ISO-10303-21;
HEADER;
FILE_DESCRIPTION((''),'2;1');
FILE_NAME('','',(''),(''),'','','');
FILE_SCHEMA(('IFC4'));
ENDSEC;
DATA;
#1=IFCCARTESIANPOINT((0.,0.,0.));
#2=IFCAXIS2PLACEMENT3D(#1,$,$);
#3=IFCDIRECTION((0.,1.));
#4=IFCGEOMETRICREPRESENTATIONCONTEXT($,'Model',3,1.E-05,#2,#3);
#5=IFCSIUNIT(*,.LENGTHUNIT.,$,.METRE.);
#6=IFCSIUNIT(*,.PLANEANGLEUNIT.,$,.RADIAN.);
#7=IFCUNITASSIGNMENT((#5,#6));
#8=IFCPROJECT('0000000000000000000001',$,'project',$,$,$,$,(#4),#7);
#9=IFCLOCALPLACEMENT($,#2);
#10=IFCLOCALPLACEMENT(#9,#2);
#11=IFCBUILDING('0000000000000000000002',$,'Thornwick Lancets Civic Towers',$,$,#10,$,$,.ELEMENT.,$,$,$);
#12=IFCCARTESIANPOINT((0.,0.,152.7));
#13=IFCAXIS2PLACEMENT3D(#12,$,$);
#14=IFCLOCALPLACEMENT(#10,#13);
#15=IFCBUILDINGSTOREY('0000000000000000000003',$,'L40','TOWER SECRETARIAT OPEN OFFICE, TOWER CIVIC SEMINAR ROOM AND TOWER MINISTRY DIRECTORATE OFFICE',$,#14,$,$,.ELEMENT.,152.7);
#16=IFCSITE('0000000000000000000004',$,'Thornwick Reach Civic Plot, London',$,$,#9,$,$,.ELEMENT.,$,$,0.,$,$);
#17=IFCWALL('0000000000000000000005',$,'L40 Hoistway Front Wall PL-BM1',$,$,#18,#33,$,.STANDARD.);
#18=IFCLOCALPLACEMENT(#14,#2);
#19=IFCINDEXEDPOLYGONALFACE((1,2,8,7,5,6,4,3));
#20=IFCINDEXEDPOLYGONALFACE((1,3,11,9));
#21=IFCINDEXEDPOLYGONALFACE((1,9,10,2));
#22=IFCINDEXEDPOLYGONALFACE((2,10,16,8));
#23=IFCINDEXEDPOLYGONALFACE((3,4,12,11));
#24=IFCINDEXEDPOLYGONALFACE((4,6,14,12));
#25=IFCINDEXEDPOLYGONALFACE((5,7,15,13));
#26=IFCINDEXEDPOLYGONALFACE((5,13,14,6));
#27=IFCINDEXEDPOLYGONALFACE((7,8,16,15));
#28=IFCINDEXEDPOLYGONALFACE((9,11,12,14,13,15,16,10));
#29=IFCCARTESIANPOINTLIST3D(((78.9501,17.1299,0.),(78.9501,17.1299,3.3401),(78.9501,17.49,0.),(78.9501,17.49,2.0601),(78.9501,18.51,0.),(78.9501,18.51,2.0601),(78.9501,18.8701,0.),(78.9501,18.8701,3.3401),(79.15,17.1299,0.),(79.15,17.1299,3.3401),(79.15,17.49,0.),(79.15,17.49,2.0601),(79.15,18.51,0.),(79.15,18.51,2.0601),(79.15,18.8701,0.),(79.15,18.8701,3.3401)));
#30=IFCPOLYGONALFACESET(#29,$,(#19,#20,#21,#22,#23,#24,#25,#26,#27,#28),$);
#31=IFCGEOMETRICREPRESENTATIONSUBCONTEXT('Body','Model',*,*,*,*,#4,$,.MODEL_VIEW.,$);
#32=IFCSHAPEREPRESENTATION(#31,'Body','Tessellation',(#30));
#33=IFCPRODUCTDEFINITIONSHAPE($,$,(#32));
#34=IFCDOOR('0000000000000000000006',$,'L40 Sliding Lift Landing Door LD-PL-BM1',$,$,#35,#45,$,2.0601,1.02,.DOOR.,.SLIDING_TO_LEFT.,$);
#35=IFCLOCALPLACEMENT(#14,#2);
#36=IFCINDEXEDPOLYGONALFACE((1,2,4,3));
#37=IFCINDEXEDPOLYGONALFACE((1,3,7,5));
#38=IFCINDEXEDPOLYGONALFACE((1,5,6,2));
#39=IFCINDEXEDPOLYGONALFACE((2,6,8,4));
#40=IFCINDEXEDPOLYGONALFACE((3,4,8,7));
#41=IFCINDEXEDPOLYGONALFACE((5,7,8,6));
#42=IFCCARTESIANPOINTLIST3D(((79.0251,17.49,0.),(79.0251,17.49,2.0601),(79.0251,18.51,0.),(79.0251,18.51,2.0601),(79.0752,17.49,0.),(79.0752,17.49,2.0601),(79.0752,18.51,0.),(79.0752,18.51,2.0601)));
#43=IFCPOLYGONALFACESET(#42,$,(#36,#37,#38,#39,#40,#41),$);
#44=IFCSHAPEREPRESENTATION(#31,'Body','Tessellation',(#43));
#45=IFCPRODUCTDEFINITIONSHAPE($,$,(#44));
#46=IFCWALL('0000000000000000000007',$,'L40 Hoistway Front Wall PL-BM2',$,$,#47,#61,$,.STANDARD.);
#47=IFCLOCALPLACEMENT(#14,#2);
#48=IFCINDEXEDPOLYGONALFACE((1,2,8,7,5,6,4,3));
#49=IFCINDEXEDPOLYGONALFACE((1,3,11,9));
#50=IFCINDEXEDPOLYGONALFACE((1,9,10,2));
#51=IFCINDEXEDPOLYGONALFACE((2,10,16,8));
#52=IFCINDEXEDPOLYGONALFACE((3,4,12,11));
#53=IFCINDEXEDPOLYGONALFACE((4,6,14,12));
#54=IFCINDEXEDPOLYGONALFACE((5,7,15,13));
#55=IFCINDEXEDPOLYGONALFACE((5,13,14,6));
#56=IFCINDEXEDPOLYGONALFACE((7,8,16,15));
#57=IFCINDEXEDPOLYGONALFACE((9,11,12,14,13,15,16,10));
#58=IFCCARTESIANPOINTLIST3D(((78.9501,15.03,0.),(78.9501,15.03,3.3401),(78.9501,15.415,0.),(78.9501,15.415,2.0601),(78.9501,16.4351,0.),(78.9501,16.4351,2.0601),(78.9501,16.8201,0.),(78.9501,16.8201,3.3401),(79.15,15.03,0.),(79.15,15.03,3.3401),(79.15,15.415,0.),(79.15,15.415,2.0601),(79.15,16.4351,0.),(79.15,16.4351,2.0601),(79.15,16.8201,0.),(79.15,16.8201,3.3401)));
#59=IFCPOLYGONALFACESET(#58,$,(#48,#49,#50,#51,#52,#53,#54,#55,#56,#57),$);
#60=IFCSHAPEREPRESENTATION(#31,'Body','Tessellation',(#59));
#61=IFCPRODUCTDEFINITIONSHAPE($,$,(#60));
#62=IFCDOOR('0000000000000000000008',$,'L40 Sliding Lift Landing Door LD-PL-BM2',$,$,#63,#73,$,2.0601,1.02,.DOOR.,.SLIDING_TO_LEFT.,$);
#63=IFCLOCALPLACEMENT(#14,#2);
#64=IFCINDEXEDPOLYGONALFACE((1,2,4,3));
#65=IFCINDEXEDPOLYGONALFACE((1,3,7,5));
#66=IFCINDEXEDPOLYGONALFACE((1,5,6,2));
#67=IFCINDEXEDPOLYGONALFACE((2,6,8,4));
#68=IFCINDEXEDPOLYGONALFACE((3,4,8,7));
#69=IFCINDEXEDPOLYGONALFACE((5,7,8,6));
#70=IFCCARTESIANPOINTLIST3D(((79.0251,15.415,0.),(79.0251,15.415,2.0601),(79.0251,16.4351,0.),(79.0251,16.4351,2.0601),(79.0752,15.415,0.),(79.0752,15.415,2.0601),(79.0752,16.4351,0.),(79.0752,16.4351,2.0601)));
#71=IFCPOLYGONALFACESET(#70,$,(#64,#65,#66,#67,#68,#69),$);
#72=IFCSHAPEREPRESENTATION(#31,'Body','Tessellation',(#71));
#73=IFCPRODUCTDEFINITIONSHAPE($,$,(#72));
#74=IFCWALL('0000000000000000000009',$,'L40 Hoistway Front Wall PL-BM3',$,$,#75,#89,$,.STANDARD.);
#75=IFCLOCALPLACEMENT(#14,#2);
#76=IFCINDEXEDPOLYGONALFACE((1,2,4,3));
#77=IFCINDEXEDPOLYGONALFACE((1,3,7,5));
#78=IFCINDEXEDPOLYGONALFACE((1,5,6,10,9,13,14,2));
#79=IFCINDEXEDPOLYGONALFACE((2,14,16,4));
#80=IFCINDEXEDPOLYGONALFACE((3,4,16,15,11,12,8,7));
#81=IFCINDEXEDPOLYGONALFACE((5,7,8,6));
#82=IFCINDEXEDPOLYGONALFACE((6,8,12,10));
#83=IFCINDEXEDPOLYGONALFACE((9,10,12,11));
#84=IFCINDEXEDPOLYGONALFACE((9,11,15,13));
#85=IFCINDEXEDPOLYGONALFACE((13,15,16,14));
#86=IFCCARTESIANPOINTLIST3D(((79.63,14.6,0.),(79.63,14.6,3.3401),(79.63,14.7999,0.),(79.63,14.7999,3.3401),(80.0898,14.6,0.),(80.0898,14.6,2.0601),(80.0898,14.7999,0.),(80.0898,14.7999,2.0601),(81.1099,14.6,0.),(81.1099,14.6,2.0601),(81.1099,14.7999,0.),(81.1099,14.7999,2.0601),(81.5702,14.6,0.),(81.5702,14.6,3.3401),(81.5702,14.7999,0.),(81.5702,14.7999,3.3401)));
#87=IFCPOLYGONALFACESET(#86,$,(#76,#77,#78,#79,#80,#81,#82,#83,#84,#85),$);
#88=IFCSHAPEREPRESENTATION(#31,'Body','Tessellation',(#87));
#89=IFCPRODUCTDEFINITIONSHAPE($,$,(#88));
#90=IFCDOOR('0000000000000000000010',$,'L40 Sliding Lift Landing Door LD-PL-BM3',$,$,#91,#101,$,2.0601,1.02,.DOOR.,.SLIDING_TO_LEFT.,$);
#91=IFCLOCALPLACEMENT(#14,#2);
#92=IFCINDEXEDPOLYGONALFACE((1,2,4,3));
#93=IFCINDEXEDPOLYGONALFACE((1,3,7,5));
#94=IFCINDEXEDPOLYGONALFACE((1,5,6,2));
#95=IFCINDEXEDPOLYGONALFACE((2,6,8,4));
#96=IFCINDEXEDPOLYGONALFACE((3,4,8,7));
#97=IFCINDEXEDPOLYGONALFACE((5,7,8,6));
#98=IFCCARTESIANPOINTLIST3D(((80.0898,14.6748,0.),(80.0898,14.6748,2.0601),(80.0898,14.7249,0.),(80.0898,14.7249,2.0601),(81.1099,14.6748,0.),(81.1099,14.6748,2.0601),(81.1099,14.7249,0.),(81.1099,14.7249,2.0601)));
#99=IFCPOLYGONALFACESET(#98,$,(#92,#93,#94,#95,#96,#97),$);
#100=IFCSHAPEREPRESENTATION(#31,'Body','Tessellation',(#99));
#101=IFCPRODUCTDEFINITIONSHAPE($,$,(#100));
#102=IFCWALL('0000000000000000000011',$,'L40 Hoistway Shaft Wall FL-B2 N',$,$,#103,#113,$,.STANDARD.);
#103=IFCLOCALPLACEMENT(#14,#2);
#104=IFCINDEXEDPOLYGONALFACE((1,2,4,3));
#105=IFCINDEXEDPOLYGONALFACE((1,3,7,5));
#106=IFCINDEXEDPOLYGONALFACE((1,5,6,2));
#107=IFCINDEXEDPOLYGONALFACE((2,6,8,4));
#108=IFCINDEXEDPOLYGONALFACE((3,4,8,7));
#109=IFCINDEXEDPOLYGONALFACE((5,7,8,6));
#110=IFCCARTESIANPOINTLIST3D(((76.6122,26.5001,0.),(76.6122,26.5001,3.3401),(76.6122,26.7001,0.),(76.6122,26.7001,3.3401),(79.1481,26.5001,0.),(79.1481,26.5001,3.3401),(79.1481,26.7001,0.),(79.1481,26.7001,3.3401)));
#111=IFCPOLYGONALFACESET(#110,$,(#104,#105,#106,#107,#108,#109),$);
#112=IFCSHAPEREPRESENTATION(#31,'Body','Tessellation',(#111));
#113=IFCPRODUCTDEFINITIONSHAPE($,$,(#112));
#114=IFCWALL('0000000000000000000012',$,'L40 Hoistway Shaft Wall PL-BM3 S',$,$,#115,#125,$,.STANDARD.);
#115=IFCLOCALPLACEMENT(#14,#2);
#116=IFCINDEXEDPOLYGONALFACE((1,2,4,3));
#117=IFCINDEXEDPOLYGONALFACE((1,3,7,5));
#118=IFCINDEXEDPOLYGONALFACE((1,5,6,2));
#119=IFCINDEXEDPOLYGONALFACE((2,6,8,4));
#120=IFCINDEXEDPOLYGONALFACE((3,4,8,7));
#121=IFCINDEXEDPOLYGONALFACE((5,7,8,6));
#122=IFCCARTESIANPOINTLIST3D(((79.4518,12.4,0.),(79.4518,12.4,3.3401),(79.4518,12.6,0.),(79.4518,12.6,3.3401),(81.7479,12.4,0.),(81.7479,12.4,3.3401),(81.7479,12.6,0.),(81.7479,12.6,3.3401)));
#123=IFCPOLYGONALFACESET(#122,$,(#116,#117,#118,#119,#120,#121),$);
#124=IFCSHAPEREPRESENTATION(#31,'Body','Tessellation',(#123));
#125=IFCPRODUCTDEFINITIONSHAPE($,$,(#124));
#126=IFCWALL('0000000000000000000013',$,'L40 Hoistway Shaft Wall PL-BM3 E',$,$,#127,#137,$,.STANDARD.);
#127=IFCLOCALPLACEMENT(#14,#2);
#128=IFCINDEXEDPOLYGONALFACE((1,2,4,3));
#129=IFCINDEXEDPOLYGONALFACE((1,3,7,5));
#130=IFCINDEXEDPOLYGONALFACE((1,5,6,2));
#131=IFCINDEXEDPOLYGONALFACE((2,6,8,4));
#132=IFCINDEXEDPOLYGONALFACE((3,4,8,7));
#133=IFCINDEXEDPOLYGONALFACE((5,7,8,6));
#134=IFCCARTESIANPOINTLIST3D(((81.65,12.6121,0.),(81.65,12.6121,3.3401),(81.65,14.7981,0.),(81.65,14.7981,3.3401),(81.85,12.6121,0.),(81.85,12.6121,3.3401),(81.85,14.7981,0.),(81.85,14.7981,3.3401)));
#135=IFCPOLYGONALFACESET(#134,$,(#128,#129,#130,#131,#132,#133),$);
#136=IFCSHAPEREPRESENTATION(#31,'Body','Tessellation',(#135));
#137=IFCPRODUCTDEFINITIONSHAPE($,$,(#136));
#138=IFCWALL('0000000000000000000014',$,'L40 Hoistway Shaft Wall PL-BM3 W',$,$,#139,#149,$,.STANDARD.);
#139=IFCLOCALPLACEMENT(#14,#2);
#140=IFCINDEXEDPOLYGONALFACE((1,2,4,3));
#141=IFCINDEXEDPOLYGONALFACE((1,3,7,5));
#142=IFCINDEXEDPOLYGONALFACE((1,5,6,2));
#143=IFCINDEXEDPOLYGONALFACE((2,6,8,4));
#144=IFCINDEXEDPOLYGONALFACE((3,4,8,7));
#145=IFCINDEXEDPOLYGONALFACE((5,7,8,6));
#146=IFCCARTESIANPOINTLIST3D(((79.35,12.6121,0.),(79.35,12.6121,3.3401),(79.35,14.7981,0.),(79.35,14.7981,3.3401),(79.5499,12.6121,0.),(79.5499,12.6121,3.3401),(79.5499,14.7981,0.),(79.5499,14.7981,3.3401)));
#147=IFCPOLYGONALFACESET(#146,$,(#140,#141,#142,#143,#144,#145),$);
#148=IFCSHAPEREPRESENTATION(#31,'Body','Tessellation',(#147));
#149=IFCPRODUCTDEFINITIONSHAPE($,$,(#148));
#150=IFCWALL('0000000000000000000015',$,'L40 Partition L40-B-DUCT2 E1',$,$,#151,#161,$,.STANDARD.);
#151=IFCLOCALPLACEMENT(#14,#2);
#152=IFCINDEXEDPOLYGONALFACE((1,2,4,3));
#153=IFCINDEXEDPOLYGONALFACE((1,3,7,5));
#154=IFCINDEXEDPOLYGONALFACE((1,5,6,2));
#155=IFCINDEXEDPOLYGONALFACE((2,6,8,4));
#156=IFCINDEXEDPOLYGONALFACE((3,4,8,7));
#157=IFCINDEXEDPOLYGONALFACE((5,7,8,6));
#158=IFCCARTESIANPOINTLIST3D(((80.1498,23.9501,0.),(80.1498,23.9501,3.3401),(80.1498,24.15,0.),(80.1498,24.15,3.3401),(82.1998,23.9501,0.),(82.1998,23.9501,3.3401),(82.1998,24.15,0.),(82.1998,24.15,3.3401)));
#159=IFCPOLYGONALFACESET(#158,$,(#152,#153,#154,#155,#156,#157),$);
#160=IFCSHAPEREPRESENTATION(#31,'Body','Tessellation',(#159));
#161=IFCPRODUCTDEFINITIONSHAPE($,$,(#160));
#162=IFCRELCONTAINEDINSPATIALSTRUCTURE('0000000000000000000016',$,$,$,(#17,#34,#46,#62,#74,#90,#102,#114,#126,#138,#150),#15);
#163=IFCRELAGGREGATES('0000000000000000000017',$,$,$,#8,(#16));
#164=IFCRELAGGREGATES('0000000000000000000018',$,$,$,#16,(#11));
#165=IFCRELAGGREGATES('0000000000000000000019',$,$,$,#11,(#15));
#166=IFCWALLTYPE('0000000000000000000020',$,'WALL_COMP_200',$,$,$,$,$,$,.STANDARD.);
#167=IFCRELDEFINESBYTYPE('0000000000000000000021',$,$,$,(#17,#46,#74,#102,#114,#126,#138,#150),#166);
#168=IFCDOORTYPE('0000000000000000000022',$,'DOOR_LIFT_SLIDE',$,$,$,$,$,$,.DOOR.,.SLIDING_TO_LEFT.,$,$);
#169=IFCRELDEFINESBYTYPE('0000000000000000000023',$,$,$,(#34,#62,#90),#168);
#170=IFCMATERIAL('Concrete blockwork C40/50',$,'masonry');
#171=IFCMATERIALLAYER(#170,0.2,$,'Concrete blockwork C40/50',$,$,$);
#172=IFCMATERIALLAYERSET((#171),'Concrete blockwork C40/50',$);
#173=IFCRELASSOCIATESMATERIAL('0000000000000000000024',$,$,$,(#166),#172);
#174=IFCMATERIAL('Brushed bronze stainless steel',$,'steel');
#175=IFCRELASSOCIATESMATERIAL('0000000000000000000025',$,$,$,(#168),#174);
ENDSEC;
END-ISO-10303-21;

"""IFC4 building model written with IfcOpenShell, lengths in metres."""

from ifc_helpers import new_model, si_unit, direction, frame, frame_2d, origin, place, context, subcontext, project, spatial, rectangle, extrude, material, layer, layer_set, type_object, element, fill, save


model = new_model("IFC4")

# Units and contexts
model_context = context("Model", 3, precision=1e-05, world=origin(), true_north=direction((0.0, 1.0)))
body_context = subcontext(model_context, "Body", "Model", "MODEL_VIEW")
ifc_project = project(units=[si_unit("LENGTHUNIT", "METRE"), si_unit("PLANEANGLEUNIT", "RADIAN")], contexts=[model_context])

# Site, building, storey
site_placement = place(None, origin())
site = spatial("IfcSite", under=ifc_project, at=site_placement, Name="Thornwick Reach Civic Plot, London", CompositionType="ELEMENT", RefElevation=0.0)
building_placement = place(site_placement, origin())
building = spatial("IfcBuilding", under=site, at=building_placement, Name="Thornwick Lancets Civic Towers", CompositionType="ELEMENT")
storey_placement = place(building_placement, frame((0.0, 0.0, 152.7)))
storey = spatial("IfcBuildingStorey", under=building, at=storey_placement, Name="L40", Description="TOWER SECRETARIAT OPEN OFFICE, TOWER CIVIC SEMINAR ROOM AND TOWER MINISTRY DIRECTORATE OFFICE", CompositionType="ELEMENT", Elevation=152.7)

# Shared definitions
ifc_material_1 = material(Name="Concrete blockwork C40/50", Category="masonry")
ifc_layer_1 = layer(ifc_material_1, 0.2, Name="Concrete blockwork C40/50")
ifc_layer_set_1 = layer_set([ifc_layer_1], Name="Concrete blockwork C40/50")
wall_type_1 = type_object("IfcWallType", Name="WALL_COMP_200", PredefinedType="STANDARD", material=ifc_layer_set_1)
ifc_material_2 = material(Name="Brushed bronze stainless steel", Category="steel")
door_type_1 = type_object("IfcDoorType", Name="DOOR_LIFT_SLIDE", OperationType="SLIDING_TO_LEFT", PredefinedType="DOOR", material=ifc_material_2)

# Walls, openings, doors
wall_1_placement = place(storey_placement, frame((79.05, 17.1299, 0.0), z_axis=(0.0, 0.0, 1.0), x_axis=(0.0, 1.0, 0.0)))
wall_1 = element("IfcWall", 1, at=wall_1_placement, inside=storey, type_object=wall_type_1, Name="L40 Hoistway Front Wall PL-BM1", PredefinedType="STANDARD", context=body_context, shape_type="SweptSolid", body=[
    extrude(rectangle(XDim=1.7402, YDim=0.2, at=frame_2d((0.8701, 0.0))), origin(), (0.0, 0.0, 1.0), 3.3401),
])
opening_1_placement = place(wall_1_placement, frame((0.3601, 0.0, 0.0)))
opening_1 = element("IfcOpeningElement", 2, at=opening_1_placement, cuts=wall_1, PredefinedType="OPENING", context=body_context, shape_type="SweptSolid", body=[
    extrude(rectangle(XDim=1.02, YDim=2.0601, at=frame_2d((0.51, 1.03))), frame((0.0, 0.1099, 0.0), z_axis=(0.0, -1.0, 0.0), x_axis=(1.0, 0.0, 0.0)), (0.0, 0.0, 1.0), 0.22),
])
door_1_placement = place(opening_1_placement, origin())
door_1 = element("IfcDoor", 3, at=door_1_placement, inside=storey, type_object=door_type_1, Name="L40 Sliding Lift Landing Door LD-PL-BM1", OperationType="SLIDING_TO_LEFT", OverallHeight=2.0601, OverallWidth=1.02, PredefinedType="DOOR", context=body_context, shape_type="SweptSolid", body=[
    extrude(rectangle(XDim=1.02, YDim=2.0601, at=frame_2d((0.51, 1.03))), frame((0.0, 0.0249, 0.0), z_axis=(0.0, -1.0, 0.0), x_axis=(1.0, 0.0, 0.0)), (0.0, 0.0, 1.0), 0.05),
])
fill(opening_1, door_1)
wall_2_placement = place(storey_placement, frame((79.05, 15.03, 0.0), z_axis=(0.0, 0.0, 1.0), x_axis=(0.0, 1.0, 0.0)))
wall_2 = element("IfcWall", 4, at=wall_2_placement, inside=storey, type_object=wall_type_1, Name="L40 Hoistway Front Wall PL-BM2", PredefinedType="STANDARD", context=body_context, shape_type="SweptSolid", body=[
    extrude(rectangle(XDim=1.79, YDim=0.2, at=frame_2d((0.895, 0.0))), origin(), (0.0, 0.0, 1.0), 3.3401),
])
opening_2_placement = place(wall_2_placement, frame((0.385, 0.0, 0.0)))
opening_2 = element("IfcOpeningElement", 5, at=opening_2_placement, cuts=wall_2, PredefinedType="OPENING", context=body_context, shape_type="SweptSolid", body=[
    extrude(rectangle(XDim=1.02, YDim=2.0601, at=frame_2d((0.51, 1.03))), frame((0.0, 0.1099, 0.0), z_axis=(0.0, -1.0, 0.0), x_axis=(1.0, 0.0, 0.0)), (0.0, 0.0, 1.0), 0.22),
])
door_2_placement = place(opening_2_placement, origin())
door_2 = element("IfcDoor", 6, at=door_2_placement, inside=storey, type_object=door_type_1, Name="L40 Sliding Lift Landing Door LD-PL-BM2", OperationType="SLIDING_TO_LEFT", OverallHeight=2.0601, OverallWidth=1.02, PredefinedType="DOOR", context=body_context, shape_type="SweptSolid", body=[
    extrude(rectangle(XDim=1.02, YDim=2.0601, at=frame_2d((0.51, 1.03))), frame((0.0, 0.0249, 0.0), z_axis=(0.0, -1.0, 0.0), x_axis=(1.0, 0.0, 0.0)), (0.0, 0.0, 1.0), 0.05),
])
fill(opening_2, door_2)
wall_3_placement = place(storey_placement, frame((79.6299, 14.7, 0.0), z_axis=(0.0, 0.0, 1.0), x_axis=(1.0, 0.0, 0.0)))
wall_3 = element("IfcWall", 7, at=wall_3_placement, inside=storey, type_object=wall_type_1, Name="L40 Hoistway Front Wall PL-BM3", PredefinedType="STANDARD", context=body_context, shape_type="SweptSolid", body=[
    extrude(rectangle(XDim=1.9402, YDim=0.2, at=frame_2d((0.9702, 0.0))), origin(), (0.0, 0.0, 1.0), 3.3401),
])
opening_3_placement = place(wall_3_placement, frame((0.46, 0.0, 0.0)))
opening_3 = element("IfcOpeningElement", 8, at=opening_3_placement, cuts=wall_3, PredefinedType="OPENING", context=body_context, shape_type="SweptSolid", body=[
    extrude(rectangle(XDim=1.02, YDim=2.0601, at=frame_2d((0.51, 1.03))), frame((0.0, 0.1099, 0.0), z_axis=(0.0, -1.0, 0.0), x_axis=(1.0, 0.0, 0.0)), (0.0, 0.0, 1.0), 0.22),
])
door_3_placement = place(opening_3_placement, origin())
door_3 = element("IfcDoor", 9, at=door_3_placement, inside=storey, type_object=door_type_1, Name="L40 Sliding Lift Landing Door LD-PL-BM3", OperationType="SLIDING_TO_LEFT", OverallHeight=2.0601, OverallWidth=1.02, PredefinedType="DOOR", context=body_context, shape_type="SweptSolid", body=[
    extrude(rectangle(XDim=1.02, YDim=2.0601, at=frame_2d((0.51, 1.03))), frame((0.0, 0.0249, 0.0), z_axis=(0.0, -1.0, 0.0), x_axis=(1.0, 0.0, 0.0)), (0.0, 0.0, 1.0), 0.05),
])
fill(opening_3, door_3)

# Walls
wall_4_placement = place(storey_placement, frame((76.6121, 26.6001, 0.0), z_axis=(0.0, 0.0, 1.0), x_axis=(1.0, 0.0, 0.0)))
element("IfcWall", 10, at=wall_4_placement, inside=storey, type_object=wall_type_1, Name="L40 Hoistway Shaft Wall FL-B2 N", PredefinedType="STANDARD", context=body_context, shape_type="SweptSolid", body=[
    extrude(rectangle(XDim=2.5359, YDim=0.2, at=frame_2d((1.2681, 0.0))), origin(), (0.0, 0.0, 1.0), 3.3401),
])
wall_5_placement = place(storey_placement, frame((79.4519, 12.5, 0.0), z_axis=(0.0, 0.0, 1.0), x_axis=(1.0, 0.0, 0.0)))
element("IfcWall", 11, at=wall_5_placement, inside=storey, type_object=wall_type_1, Name="L40 Hoistway Shaft Wall PL-BM3 S", PredefinedType="STANDARD", context=body_context, shape_type="SweptSolid", body=[
    extrude(rectangle(XDim=2.2961, YDim=0.2, at=frame_2d((1.1479, 0.0))), origin(), (0.0, 0.0, 1.0), 3.3401),
])
for number, where, z_axis, x_axis, name in (
    (12, (81.75, 12.6121, 0.0), (0.0, 0.0, 1.0), (0.0, 1.0, 0.0), "L40 Hoistway Shaft Wall PL-BM3 E"),
    (13, (79.45, 12.6121, 0.0), (0.0, 0.0, 1.0), (0.0, 1.0, 0.0), "L40 Hoistway Shaft Wall PL-BM3 W"),
):
    element("IfcWall", number, at=place(storey_placement, frame(where, z_axis=z_axis, x_axis=x_axis)), inside=storey, type_object=wall_type_1, Name=name, PredefinedType="STANDARD", context=body_context, shape_type="SweptSolid", body=[
        extrude(rectangle(XDim=2.186, YDim=0.2, at=frame_2d((1.093, 0.0))), origin(), (0.0, 0.0, 1.0), 3.3401),
    ])
wall_6_placement = place(storey_placement, frame((80.1499, 24.05, 0.0), z_axis=(0.0, 0.0, 1.0), x_axis=(1.0, 0.0, 0.0)))
element("IfcWall", 14, at=wall_6_placement, inside=storey, type_object=wall_type_1, Name="L40 Partition L40-B-DUCT2 E1", PredefinedType="STANDARD", context=body_context, shape_type="SweptSolid", body=[
    extrude(rectangle(XDim=2.05, YDim=0.2, at=frame_2d((1.0249, 0.0))), origin(), (0.0, 0.0, 1.0), 3.3401),
])

save(model, "model.ifc")
